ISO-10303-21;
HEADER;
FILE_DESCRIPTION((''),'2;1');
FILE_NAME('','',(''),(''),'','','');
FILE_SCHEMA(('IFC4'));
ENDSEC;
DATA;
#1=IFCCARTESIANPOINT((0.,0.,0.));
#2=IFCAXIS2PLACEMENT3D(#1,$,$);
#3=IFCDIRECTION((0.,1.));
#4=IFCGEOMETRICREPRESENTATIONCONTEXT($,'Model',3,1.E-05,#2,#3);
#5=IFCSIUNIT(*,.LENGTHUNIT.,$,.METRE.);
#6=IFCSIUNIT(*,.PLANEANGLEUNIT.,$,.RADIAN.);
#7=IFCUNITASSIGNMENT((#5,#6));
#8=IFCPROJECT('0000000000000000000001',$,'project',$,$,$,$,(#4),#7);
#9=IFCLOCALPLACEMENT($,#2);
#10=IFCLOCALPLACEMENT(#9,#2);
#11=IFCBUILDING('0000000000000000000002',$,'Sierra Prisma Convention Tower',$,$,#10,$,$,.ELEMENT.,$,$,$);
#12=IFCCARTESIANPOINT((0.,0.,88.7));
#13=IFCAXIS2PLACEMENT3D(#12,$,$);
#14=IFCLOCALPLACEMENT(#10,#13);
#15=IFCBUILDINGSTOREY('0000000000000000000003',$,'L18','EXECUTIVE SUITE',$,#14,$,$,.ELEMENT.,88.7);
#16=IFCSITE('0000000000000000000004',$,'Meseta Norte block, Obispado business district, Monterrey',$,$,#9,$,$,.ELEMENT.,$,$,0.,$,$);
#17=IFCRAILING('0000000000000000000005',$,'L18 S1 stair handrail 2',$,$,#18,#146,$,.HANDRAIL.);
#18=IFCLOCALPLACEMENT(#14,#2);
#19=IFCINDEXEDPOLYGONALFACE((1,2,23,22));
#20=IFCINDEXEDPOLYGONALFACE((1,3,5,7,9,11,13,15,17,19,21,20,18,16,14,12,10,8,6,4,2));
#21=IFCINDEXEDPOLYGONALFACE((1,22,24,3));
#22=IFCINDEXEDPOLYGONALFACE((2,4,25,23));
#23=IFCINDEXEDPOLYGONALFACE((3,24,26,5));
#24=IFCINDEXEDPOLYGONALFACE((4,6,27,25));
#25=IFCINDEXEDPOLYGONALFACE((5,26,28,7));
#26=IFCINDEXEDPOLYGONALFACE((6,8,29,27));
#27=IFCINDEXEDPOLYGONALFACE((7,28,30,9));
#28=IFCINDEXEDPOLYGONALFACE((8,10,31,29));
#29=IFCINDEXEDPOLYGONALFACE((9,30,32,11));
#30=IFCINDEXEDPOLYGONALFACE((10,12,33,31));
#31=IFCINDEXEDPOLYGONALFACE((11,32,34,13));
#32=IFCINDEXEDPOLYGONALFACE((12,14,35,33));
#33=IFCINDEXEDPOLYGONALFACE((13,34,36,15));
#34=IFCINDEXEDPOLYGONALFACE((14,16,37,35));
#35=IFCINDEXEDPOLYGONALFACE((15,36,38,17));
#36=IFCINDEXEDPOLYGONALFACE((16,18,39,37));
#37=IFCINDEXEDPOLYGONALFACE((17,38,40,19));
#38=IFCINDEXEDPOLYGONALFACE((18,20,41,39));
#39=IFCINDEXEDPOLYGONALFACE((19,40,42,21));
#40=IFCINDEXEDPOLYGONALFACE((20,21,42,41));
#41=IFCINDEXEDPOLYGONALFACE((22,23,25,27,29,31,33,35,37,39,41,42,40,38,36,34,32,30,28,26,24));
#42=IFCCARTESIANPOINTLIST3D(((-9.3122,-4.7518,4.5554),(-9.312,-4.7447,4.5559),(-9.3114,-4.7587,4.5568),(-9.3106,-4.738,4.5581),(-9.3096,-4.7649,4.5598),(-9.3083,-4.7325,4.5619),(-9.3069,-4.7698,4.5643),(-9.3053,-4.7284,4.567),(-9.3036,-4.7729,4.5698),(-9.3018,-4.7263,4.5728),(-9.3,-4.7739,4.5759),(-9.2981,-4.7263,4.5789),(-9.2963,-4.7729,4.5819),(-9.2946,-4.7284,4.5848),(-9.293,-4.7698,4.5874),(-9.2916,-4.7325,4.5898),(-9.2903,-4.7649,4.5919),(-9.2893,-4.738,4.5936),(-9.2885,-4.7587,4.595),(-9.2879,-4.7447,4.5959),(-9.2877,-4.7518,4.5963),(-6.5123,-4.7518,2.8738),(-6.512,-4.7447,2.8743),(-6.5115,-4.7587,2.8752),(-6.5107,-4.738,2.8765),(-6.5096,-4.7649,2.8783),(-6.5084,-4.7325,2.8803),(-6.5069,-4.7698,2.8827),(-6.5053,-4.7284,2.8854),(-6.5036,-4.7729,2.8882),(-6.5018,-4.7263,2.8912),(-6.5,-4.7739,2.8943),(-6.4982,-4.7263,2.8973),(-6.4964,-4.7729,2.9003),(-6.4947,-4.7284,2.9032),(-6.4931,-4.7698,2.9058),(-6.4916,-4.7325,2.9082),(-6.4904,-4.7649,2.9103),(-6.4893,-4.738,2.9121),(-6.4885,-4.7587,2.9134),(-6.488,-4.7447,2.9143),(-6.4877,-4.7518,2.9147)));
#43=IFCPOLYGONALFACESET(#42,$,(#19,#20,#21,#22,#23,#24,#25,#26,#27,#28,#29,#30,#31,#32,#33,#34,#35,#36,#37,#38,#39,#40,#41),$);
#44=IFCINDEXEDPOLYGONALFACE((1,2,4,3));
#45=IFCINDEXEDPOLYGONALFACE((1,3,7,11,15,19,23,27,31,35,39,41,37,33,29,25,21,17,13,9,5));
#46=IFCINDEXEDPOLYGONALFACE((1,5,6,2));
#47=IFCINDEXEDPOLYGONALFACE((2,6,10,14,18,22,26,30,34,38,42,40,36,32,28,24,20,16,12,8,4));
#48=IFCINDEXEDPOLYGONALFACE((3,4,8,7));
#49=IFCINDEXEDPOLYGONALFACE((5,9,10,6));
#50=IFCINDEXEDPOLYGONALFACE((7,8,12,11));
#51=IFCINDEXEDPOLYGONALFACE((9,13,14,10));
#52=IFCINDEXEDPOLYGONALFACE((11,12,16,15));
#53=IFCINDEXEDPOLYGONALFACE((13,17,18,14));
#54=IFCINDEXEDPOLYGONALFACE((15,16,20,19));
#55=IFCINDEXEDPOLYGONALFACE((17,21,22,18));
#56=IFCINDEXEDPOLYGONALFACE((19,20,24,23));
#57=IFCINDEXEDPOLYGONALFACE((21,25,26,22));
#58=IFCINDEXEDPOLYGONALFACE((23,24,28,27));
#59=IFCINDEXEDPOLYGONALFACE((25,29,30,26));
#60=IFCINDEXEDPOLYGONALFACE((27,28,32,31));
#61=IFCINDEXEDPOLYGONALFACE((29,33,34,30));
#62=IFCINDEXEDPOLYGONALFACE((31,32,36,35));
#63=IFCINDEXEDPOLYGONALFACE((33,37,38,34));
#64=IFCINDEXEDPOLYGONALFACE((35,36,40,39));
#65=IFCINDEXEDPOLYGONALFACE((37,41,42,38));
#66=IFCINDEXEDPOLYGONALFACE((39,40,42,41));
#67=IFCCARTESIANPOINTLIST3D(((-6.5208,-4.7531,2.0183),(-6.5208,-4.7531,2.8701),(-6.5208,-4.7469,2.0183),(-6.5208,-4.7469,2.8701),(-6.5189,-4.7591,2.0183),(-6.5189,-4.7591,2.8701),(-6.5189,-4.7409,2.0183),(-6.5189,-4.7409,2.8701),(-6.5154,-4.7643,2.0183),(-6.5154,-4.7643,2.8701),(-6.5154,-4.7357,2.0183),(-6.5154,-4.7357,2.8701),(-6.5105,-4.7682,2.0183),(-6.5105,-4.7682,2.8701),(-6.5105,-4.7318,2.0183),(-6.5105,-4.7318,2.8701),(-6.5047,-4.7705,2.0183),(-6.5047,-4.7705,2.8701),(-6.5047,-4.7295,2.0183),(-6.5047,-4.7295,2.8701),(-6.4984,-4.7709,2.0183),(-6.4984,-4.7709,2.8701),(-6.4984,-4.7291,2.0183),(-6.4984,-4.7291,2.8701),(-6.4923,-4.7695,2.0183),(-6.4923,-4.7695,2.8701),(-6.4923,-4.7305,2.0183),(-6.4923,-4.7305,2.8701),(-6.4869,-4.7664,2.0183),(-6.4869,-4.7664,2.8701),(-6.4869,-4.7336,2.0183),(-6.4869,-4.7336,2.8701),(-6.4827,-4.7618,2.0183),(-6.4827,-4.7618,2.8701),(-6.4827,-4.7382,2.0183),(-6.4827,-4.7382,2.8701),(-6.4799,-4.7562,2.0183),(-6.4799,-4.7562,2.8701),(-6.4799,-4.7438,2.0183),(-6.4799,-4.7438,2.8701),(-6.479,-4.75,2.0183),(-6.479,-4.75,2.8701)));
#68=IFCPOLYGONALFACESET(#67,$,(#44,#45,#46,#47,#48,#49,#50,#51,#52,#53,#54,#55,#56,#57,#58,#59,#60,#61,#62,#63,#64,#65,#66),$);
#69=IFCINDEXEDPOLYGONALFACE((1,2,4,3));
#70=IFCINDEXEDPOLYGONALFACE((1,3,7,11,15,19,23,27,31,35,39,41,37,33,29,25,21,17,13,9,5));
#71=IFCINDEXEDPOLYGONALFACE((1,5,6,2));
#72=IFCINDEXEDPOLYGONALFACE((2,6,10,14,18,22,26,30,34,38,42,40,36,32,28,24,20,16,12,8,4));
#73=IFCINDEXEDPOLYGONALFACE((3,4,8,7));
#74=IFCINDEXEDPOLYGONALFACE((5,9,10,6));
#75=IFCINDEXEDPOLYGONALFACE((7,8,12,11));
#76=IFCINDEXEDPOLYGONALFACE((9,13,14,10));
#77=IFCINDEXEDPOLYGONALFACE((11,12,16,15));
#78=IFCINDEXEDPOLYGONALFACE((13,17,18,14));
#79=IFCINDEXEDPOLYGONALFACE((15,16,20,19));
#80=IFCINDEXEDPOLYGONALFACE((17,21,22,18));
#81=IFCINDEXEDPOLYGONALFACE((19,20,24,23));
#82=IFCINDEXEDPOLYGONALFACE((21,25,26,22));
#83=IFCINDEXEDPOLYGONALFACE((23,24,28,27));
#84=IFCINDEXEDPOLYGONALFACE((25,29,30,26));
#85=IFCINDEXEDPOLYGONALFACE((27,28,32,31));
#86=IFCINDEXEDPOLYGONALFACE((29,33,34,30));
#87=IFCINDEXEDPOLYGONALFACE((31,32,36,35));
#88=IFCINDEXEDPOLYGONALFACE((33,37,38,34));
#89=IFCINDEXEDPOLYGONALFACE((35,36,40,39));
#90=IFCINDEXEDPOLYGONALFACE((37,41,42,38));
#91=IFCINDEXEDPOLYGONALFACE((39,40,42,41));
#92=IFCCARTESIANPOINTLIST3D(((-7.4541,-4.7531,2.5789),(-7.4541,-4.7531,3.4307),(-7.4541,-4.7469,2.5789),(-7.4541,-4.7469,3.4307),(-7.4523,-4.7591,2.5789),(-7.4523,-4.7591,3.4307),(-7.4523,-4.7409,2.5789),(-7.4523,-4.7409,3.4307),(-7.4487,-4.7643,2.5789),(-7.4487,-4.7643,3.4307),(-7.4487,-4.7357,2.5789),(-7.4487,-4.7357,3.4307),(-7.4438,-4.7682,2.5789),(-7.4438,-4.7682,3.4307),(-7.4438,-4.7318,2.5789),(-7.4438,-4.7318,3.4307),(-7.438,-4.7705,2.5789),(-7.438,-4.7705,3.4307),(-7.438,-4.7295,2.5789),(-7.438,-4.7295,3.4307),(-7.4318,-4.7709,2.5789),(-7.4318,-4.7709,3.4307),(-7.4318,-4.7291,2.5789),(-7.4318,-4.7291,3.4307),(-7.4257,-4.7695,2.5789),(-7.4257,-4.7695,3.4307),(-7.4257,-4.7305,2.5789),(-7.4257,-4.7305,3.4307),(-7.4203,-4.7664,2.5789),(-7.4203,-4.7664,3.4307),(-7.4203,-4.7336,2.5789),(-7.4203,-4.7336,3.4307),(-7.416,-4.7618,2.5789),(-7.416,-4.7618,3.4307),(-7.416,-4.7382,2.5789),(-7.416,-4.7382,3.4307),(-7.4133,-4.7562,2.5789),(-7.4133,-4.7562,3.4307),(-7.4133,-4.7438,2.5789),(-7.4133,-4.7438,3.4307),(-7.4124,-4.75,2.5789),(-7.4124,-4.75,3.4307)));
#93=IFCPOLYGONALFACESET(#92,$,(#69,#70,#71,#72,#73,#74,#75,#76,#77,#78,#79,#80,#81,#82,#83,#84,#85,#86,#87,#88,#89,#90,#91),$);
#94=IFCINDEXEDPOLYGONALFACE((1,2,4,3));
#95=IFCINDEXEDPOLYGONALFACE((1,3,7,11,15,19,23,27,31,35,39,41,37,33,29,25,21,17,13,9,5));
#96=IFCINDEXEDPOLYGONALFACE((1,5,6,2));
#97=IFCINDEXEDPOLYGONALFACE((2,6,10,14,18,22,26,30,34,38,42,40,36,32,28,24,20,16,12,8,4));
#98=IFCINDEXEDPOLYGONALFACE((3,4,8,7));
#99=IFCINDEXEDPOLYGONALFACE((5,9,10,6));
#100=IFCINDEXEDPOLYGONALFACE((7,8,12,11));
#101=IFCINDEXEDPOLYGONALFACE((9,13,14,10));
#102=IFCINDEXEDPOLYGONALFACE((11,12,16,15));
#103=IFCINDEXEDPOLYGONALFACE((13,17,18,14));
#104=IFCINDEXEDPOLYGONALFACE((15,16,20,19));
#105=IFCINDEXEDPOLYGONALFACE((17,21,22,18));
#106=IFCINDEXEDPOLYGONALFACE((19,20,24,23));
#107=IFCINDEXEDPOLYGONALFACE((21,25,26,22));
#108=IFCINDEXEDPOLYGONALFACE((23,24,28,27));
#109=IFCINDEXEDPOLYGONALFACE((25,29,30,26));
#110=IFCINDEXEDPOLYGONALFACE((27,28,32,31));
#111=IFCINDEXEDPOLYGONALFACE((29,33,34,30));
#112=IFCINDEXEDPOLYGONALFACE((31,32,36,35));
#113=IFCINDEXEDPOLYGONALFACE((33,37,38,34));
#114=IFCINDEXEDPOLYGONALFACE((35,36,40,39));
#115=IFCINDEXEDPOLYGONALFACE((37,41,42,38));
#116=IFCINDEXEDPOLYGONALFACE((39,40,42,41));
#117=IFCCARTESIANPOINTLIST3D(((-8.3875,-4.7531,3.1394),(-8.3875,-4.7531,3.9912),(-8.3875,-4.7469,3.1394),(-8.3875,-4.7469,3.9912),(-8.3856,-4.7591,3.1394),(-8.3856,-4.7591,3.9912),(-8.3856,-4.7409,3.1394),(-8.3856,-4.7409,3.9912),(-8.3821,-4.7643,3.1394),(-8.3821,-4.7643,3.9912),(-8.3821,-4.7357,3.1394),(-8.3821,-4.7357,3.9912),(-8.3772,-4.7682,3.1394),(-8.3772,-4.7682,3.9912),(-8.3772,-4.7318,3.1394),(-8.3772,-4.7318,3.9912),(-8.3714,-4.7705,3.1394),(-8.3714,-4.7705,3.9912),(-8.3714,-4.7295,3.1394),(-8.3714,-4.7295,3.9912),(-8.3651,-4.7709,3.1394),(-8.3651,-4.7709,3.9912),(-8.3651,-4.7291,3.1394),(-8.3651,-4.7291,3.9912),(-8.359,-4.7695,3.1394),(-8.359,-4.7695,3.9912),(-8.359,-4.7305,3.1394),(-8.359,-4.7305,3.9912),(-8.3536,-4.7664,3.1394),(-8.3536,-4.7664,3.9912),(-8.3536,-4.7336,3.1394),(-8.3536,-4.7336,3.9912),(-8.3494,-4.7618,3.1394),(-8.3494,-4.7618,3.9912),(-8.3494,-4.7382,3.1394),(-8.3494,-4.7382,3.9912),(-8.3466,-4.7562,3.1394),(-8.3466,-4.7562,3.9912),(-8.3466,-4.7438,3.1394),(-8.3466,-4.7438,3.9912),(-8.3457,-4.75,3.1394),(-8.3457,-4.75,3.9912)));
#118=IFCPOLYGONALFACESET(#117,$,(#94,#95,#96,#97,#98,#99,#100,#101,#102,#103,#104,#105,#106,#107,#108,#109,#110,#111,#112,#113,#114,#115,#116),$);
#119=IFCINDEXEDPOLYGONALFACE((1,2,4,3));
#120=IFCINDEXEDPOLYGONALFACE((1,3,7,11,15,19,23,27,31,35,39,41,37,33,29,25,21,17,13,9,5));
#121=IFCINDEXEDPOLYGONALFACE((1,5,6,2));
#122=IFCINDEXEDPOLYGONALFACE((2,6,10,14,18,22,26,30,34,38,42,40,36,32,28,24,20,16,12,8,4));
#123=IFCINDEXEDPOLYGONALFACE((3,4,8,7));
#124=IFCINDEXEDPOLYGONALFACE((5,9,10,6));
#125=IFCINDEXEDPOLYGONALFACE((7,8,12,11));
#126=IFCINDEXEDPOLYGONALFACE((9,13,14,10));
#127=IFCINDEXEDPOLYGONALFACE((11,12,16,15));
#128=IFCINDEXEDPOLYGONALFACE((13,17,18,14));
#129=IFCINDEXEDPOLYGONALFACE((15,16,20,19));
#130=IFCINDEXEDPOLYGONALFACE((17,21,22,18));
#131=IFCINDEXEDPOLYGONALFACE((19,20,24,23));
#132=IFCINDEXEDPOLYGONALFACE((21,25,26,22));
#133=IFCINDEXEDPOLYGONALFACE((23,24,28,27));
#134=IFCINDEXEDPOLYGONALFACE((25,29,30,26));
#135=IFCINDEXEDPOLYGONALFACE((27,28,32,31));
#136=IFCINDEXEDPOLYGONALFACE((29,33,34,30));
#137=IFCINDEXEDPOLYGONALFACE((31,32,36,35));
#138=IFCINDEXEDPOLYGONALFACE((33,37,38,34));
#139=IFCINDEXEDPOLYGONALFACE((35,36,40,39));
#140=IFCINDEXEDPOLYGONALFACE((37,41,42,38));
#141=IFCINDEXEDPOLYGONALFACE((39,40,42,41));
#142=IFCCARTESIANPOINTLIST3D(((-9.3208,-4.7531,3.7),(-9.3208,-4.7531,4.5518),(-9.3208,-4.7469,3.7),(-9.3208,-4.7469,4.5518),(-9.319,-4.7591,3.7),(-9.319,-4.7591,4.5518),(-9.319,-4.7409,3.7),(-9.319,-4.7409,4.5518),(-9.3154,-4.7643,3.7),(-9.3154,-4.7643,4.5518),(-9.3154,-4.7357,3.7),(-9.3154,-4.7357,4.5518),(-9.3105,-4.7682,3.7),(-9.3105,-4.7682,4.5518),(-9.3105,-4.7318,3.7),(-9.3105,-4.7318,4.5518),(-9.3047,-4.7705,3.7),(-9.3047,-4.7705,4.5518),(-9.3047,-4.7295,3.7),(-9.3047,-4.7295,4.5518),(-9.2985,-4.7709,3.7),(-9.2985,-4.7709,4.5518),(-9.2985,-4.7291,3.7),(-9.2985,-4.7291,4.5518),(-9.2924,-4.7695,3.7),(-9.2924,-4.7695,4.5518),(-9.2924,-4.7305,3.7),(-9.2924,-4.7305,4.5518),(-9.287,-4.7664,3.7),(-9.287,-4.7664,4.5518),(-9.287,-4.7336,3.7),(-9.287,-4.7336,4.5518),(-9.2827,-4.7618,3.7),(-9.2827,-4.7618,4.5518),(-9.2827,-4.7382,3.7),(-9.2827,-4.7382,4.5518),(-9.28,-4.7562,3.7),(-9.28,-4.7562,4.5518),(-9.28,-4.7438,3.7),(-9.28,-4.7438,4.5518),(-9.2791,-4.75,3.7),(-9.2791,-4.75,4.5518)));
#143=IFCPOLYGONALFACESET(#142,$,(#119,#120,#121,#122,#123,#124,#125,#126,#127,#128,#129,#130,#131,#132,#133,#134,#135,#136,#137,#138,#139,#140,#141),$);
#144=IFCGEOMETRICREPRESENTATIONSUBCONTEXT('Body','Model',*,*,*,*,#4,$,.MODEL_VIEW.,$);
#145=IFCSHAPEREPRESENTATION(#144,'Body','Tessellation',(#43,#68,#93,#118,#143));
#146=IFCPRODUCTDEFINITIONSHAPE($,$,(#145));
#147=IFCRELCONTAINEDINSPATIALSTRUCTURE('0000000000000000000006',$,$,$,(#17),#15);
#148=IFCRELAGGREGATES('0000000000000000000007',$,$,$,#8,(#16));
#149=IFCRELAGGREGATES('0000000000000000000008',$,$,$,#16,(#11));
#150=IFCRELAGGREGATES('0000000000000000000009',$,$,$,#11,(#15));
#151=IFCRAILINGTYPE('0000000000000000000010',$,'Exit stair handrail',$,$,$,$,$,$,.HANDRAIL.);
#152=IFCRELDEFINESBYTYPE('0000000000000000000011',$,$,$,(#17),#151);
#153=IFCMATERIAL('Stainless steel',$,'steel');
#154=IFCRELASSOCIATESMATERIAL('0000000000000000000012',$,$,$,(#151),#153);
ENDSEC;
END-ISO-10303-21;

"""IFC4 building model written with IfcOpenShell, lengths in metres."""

from ifc_helpers import new_model, si_unit, direction, frame, origin, origin_2d, place, context, subcontext, project, spatial, circle, extrude, material, type_object, element, save


model = new_model("IFC4")

# Units and contexts
model_context = context("Model", 3, precision=1e-05, world=origin(), true_north=direction((0.0, 1.0)))
body_context = subcontext(model_context, "Body", "Model", "MODEL_VIEW")
ifc_project = project(units=[si_unit("LENGTHUNIT", "METRE"), si_unit("PLANEANGLEUNIT", "RADIAN")], contexts=[model_context])

# Site, building, storey
site_placement = place(None, origin())
site = spatial("IfcSite", under=ifc_project, at=site_placement, Name="Meseta Norte block, Obispado business district, Monterrey", CompositionType="ELEMENT", RefElevation=0.0)
building_placement = place(site_placement, origin())
building = spatial("IfcBuilding", under=site, at=building_placement, Name="Sierra Prisma Convention Tower", CompositionType="ELEMENT")
storey_placement = place(building_placement, frame((0.0, 0.0, 88.7)))
storey = spatial("IfcBuildingStorey", under=building, at=storey_placement, Name="L18", Description="EXECUTIVE SUITE", CompositionType="ELEMENT", Elevation=88.7)

# Railing
ifc_material_1 = material(Name="Stainless steel", Category="steel")
railing_type_1 = type_object("IfcRailingType", Name="Exit stair handrail", PredefinedType="HANDRAIL", material=ifc_material_1)
railing_1_placement = place(storey_placement, frame((-6.5, -4.75, 2.0183)))
element("IfcRailing", 1, at=railing_1_placement, inside=storey, type_object=railing_type_1, Name="L18 S1 stair handrail 2", PredefinedType="HANDRAIL", context=body_context, shape_type="SweptSolid", body=[
    extrude(circle(Radius=0.0239, at=origin_2d()), frame((0.0, 0.0, 0.876), z_axis=(-0.857275, 0.0, 0.514858), x_axis=(0.0, -1.0, 0.0)), (0.0, 0.0, 1.0), 3.2661),
    extrude(circle(Radius=0.021, at=origin_2d()), origin(), (0.0, 0.0, 1.0), 0.8518),
    extrude(circle(Radius=0.021, at=origin_2d()), frame((-0.9333, 0.0, 0.5605)), (0.0, 0.0, 1.0), 0.8518),
    extrude(circle(Radius=0.021, at=origin_2d()), frame((-1.8667, 0.0, 1.1211)), (0.0, 0.0, 1.0), 0.8518),
    extrude(circle(Radius=0.021, at=origin_2d()), frame((-2.8, 0.0, 1.6816)), (0.0, 0.0, 1.0), 0.8518),
])

save(model, "model.ifc")
